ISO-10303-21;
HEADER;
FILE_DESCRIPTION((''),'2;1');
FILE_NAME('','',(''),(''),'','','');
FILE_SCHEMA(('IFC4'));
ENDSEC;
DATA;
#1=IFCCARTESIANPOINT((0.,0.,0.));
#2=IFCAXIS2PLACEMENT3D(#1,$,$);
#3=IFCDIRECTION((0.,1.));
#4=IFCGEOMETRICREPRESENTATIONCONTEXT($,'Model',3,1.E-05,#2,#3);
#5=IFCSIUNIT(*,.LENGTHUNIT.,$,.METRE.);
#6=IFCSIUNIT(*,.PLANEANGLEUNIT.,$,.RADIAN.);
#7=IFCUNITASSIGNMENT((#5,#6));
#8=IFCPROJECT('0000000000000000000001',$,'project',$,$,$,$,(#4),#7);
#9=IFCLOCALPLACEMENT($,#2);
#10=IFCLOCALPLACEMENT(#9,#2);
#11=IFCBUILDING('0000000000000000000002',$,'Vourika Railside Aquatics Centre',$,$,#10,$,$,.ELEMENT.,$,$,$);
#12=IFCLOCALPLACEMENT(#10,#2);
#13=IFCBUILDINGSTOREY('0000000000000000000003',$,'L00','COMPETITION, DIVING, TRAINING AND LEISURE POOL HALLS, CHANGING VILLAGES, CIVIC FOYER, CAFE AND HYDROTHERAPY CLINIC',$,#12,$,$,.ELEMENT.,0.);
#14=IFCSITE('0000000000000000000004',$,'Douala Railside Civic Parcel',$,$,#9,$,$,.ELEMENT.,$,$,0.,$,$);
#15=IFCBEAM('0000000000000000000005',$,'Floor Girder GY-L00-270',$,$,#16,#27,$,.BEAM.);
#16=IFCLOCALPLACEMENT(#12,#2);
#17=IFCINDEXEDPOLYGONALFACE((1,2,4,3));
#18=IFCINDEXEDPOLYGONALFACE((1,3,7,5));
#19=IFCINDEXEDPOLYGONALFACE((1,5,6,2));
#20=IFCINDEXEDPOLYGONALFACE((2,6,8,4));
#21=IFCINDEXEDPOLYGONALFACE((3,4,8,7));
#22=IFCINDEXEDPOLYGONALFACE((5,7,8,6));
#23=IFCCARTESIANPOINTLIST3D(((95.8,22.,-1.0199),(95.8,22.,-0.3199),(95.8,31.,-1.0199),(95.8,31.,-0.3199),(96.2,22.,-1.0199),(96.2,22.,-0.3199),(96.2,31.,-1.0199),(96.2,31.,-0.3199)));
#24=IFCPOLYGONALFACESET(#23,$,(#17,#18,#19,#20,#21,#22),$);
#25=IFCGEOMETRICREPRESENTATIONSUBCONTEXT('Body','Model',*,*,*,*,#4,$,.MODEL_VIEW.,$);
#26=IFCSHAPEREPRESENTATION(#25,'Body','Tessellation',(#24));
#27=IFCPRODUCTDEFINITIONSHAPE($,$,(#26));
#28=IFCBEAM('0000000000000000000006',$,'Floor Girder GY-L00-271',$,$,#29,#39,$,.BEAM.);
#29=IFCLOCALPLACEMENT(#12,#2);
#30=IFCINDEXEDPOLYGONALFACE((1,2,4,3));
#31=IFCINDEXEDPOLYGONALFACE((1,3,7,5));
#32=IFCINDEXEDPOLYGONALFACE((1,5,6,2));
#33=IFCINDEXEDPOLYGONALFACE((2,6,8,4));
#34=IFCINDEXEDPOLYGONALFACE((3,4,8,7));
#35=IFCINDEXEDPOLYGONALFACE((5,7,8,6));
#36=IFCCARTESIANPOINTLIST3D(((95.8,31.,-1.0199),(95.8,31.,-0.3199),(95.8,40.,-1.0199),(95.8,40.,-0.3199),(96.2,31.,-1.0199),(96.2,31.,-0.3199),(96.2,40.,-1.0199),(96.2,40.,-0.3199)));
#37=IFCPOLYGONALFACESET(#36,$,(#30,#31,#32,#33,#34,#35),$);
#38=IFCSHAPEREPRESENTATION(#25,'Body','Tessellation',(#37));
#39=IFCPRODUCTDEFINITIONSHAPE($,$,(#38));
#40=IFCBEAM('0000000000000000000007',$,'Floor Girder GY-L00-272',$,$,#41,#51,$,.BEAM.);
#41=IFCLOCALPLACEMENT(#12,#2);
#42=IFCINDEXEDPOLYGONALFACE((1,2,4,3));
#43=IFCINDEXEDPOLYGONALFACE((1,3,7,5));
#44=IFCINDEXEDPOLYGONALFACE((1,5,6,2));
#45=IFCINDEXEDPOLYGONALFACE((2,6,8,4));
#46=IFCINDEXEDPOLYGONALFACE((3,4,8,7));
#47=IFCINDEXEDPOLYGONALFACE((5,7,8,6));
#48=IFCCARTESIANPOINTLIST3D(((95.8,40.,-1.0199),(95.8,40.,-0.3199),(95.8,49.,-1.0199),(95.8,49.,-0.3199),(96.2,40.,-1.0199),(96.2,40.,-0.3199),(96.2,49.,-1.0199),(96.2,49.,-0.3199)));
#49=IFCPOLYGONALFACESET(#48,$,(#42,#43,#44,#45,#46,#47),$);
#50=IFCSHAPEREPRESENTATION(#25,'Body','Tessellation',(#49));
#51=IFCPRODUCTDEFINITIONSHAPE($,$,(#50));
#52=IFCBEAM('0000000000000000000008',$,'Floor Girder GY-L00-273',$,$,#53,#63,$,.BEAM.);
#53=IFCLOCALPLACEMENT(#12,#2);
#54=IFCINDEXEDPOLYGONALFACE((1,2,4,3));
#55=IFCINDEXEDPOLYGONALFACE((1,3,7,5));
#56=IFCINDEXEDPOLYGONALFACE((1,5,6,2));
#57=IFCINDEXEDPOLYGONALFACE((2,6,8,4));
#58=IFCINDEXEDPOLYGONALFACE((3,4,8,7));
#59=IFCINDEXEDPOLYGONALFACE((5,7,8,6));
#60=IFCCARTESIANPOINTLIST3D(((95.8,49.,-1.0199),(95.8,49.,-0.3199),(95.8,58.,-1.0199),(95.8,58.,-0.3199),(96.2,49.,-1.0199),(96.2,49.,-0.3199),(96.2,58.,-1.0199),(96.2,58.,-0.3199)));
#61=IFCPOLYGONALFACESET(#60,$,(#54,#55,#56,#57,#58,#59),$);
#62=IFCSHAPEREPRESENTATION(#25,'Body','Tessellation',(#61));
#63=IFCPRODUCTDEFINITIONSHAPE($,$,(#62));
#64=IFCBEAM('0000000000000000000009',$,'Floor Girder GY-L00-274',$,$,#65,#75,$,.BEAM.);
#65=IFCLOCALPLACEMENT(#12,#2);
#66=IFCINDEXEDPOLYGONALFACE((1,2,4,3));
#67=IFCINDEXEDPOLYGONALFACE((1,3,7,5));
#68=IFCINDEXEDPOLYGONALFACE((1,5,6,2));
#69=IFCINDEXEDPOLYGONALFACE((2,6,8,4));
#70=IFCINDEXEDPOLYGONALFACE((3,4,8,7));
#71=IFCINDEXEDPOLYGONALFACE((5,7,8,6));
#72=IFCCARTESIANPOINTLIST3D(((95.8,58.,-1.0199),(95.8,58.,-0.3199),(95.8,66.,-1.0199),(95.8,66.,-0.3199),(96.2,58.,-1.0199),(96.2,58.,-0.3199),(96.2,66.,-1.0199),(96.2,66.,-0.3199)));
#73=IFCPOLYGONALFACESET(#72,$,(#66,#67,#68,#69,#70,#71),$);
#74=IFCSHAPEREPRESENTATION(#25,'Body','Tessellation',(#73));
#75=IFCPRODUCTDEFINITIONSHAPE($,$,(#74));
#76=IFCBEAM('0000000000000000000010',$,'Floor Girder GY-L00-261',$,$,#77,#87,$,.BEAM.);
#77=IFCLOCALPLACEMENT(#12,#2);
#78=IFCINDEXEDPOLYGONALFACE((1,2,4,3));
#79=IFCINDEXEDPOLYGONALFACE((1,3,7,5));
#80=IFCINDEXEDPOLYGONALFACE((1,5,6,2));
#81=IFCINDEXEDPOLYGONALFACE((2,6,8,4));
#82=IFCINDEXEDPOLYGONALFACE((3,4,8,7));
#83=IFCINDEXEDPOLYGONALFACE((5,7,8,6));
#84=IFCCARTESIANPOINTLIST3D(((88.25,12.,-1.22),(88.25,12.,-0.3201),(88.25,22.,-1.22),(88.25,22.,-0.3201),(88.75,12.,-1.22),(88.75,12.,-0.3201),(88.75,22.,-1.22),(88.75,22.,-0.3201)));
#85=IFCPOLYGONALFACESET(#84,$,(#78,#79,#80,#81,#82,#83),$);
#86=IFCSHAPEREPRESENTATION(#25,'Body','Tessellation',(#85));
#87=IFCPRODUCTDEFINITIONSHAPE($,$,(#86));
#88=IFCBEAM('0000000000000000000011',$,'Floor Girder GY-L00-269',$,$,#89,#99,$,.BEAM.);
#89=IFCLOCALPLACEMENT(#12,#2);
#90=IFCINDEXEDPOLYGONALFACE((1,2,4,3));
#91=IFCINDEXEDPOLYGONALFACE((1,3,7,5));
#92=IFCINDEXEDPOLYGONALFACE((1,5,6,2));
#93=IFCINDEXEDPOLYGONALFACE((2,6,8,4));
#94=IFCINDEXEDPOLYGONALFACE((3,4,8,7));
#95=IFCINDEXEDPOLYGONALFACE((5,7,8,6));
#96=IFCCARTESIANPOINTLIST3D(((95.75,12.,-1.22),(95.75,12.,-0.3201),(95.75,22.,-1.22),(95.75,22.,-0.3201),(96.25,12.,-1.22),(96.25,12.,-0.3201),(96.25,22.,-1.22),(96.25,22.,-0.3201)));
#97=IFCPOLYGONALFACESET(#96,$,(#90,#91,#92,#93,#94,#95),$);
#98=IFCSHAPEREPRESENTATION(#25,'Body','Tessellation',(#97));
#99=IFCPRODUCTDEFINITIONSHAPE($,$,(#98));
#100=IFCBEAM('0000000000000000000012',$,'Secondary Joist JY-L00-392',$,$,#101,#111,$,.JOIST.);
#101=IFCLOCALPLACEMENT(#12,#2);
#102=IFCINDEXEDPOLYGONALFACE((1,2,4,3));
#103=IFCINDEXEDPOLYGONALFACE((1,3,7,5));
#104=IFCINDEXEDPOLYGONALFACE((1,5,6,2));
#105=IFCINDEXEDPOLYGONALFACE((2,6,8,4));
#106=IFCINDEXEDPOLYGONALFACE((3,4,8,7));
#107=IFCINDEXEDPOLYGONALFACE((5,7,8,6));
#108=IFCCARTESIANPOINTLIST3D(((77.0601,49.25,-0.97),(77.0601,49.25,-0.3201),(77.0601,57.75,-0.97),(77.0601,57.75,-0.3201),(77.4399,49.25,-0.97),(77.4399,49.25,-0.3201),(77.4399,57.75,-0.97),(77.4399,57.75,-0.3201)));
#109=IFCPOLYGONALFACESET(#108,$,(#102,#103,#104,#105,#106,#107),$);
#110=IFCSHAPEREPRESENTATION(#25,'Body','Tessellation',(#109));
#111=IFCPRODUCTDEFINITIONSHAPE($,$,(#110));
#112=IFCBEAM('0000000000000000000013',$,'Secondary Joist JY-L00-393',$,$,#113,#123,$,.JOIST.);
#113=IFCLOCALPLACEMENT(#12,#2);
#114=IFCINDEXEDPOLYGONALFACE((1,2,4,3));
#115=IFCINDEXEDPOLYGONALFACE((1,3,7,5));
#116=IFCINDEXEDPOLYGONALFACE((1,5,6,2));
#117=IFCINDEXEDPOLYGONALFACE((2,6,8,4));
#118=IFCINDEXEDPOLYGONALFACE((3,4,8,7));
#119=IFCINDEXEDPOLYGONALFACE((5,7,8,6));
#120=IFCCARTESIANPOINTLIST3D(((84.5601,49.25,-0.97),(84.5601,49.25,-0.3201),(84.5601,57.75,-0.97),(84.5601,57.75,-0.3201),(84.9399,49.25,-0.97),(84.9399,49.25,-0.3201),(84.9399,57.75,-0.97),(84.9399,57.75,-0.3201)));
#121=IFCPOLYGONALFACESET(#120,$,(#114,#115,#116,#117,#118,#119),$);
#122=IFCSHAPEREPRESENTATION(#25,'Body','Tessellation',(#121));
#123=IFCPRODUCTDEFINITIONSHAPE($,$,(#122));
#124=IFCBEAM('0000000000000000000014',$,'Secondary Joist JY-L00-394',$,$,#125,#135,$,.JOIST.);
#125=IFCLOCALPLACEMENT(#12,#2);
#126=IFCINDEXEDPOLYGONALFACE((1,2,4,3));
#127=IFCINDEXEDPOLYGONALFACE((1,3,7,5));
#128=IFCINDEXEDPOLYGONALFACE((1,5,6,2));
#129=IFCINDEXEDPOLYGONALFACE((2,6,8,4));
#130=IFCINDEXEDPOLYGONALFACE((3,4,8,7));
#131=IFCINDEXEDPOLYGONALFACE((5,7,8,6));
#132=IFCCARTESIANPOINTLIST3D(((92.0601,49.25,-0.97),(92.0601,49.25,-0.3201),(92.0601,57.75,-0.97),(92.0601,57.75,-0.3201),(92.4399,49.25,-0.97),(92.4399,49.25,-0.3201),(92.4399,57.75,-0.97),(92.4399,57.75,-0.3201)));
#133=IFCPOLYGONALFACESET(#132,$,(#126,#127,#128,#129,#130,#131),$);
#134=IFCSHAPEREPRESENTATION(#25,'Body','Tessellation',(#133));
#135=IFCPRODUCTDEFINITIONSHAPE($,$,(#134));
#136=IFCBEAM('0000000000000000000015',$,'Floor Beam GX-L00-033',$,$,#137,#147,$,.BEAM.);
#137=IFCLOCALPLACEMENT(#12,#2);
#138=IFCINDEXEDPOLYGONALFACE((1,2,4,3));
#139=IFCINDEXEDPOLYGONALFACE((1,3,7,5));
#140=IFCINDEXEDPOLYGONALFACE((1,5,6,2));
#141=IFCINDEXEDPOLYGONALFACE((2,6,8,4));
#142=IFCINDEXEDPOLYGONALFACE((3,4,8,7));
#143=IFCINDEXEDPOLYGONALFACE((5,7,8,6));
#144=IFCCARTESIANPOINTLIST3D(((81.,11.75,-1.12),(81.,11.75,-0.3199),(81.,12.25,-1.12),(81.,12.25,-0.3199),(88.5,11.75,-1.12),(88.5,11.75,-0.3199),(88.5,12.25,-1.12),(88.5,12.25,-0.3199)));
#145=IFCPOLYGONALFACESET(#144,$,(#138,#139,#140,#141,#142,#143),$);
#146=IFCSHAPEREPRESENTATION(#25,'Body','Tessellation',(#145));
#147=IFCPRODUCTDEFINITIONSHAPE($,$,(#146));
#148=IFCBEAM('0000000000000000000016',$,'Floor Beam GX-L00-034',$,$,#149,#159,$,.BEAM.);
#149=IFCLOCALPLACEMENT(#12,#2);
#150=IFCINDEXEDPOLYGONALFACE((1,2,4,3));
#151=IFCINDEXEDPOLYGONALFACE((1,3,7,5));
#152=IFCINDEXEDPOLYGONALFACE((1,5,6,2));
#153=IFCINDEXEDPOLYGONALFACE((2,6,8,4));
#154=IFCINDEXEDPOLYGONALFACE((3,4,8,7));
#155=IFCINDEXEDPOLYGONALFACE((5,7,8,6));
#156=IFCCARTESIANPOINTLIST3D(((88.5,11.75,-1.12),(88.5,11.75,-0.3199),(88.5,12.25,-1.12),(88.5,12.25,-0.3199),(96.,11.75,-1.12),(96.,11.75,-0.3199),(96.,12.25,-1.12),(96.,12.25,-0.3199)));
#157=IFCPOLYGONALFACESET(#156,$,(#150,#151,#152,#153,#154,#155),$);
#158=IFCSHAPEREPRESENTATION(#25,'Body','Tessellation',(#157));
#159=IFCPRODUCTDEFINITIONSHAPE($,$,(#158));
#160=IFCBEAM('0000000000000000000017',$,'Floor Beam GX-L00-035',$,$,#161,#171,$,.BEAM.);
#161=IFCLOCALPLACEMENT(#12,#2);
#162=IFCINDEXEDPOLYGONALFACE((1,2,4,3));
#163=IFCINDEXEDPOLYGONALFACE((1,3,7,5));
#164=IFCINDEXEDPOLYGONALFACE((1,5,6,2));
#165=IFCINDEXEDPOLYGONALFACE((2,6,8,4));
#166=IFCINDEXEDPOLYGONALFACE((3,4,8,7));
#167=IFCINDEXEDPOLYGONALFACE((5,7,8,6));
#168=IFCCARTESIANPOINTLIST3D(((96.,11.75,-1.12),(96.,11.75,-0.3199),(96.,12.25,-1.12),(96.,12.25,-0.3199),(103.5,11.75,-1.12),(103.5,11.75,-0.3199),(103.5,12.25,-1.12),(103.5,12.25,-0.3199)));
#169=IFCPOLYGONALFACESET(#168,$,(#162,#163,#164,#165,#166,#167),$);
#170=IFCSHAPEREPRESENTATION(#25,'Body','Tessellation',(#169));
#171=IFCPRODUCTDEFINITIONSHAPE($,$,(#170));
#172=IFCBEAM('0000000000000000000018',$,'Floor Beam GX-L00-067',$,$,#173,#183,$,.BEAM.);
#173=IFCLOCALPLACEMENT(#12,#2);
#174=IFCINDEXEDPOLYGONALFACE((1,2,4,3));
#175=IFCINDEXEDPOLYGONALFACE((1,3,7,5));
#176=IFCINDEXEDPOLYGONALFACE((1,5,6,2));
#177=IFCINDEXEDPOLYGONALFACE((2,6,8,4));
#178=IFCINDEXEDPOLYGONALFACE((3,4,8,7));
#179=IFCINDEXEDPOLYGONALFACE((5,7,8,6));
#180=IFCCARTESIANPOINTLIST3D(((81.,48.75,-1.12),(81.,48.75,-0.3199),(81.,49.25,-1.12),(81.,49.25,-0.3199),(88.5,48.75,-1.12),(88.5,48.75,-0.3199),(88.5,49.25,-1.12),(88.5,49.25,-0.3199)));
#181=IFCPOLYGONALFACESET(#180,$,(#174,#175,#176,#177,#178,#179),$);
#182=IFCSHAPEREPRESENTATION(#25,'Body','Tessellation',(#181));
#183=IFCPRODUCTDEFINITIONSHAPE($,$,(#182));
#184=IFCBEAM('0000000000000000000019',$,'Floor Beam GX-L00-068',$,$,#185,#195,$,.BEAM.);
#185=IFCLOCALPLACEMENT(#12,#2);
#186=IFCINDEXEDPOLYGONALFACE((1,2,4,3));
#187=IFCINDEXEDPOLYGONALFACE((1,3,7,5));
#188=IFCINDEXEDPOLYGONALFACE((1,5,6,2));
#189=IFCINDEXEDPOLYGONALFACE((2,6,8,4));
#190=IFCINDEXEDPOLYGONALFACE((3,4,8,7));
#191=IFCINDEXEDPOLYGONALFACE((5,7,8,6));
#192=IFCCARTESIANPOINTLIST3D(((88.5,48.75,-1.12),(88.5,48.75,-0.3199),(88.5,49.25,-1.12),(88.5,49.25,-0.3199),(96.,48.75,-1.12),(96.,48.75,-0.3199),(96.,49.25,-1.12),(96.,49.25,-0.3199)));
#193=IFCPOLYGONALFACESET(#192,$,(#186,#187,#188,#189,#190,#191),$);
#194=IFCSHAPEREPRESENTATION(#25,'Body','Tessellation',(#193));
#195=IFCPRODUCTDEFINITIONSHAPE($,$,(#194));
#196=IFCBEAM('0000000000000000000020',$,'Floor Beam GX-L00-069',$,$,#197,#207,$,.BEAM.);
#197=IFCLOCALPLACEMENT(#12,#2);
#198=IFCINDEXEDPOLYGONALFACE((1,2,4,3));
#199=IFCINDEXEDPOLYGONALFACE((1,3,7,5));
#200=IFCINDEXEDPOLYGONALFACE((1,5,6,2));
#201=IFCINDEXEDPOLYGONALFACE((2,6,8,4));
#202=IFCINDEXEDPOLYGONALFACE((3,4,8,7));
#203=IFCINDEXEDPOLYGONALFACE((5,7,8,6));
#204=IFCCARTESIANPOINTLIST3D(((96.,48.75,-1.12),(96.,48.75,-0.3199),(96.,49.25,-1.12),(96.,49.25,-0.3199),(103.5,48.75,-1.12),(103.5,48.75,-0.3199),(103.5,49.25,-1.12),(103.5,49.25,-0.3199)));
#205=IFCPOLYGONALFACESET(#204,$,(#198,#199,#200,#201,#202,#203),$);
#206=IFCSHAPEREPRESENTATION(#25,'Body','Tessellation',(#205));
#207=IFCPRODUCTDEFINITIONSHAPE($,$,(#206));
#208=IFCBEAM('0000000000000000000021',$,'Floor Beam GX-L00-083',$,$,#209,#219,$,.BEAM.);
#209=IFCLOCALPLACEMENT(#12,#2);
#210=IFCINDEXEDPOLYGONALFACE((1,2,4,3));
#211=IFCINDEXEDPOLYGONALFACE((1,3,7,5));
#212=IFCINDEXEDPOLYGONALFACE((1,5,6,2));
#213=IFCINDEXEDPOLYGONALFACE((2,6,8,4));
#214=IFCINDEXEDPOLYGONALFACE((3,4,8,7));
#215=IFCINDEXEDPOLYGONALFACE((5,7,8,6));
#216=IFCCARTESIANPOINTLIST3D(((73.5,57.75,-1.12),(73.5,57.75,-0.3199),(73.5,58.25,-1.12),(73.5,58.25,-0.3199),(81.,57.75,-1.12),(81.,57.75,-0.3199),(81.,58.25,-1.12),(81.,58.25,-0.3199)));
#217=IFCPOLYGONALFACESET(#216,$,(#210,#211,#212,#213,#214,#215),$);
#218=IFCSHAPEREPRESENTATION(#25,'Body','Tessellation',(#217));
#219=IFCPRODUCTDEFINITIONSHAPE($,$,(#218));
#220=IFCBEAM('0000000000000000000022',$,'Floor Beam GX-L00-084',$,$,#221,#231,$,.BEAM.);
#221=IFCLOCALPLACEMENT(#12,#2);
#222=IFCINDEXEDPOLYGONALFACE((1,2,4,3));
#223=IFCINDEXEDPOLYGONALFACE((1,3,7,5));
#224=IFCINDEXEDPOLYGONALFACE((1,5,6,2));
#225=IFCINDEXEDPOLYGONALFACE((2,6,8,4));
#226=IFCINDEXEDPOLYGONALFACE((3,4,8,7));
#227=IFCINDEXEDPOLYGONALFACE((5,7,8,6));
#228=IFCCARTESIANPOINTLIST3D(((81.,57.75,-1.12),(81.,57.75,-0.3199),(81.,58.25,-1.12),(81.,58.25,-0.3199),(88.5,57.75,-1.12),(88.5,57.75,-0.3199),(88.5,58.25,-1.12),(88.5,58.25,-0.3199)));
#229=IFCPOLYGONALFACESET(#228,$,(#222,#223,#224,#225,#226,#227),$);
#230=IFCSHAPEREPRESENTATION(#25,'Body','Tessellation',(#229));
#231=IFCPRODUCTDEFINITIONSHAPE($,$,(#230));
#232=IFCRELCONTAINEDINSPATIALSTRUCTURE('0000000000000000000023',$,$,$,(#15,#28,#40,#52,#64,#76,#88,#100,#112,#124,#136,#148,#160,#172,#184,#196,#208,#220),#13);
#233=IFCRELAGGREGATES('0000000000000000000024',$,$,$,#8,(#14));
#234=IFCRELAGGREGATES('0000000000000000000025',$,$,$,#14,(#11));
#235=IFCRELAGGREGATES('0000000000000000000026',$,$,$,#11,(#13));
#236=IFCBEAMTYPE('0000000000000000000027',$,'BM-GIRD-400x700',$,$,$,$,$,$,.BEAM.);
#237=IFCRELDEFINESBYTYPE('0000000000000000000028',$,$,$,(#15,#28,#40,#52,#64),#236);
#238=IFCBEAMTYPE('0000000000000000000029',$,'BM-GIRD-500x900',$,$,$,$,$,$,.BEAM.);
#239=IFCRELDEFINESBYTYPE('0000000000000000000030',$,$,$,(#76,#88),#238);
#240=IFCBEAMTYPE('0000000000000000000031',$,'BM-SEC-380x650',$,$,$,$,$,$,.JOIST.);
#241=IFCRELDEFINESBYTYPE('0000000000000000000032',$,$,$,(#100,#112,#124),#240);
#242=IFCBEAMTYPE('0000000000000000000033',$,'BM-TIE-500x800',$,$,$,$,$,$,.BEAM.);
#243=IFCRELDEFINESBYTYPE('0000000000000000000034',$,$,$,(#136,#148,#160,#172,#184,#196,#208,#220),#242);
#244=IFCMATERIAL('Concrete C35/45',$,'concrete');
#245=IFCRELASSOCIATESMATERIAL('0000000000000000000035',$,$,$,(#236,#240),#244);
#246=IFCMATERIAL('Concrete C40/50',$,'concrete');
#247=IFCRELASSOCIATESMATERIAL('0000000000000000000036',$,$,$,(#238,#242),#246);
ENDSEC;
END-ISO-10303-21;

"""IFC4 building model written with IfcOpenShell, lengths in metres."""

from ifc_helpers import new_model, si_unit, direction, frame, origin, origin_2d, place, context, subcontext, project, spatial, rectangle, extrude, material, material_profile, profile_set, type_object, element, save


model = new_model("IFC4")

# Units and contexts
model_context = context("Model", 3, precision=1e-05, world=origin(), true_north=direction((0.0, 1.0)))
body_context = subcontext(model_context, "Body", "Model", "MODEL_VIEW")
ifc_project = project(units=[si_unit("LENGTHUNIT", "METRE"), si_unit("PLANEANGLEUNIT", "RADIAN")], contexts=[model_context])

# Site, building, storey
site_placement = place(None, origin())
site = spatial("IfcSite", under=ifc_project, at=site_placement, Name="Douala Railside Civic Parcel", CompositionType="ELEMENT", RefElevation=0.0)
building_placement = place(site_placement, origin())
building = spatial("IfcBuilding", under=site, at=building_placement, Name="Vourika Railside Aquatics Centre", CompositionType="ELEMENT")
storey_placement = place(building_placement, origin())
storey = spatial("IfcBuildingStorey", under=building, at=storey_placement, Name="L00", Description="COMPETITION, DIVING, TRAINING AND LEISURE POOL HALLS, CHANGING VILLAGES, CIVIC FOYER, CAFE AND HYDROTHERAPY CLINIC", CompositionType="ELEMENT", Elevation=0.0)

# Shared definitions
ifc_material_1 = material(Name="Concrete C35/45", Category="concrete")
ifc_material_2 = material(Name="Concrete C40/50", Category="concrete")

# Beams
ifc_material_profile_1 = material_profile(ifc_material_1, rectangle(XDim=0.3999, YDim=0.7, at=origin_2d()), Name="RC 400x700")
ifc_profile_set_1 = profile_set([ifc_material_profile_1], Name="Concrete C35/45")
beam_type_1 = type_object("IfcBeamType", Name="BM-GIRD-400x700", PredefinedType="BEAM", material=ifc_profile_set_1)
for number, where, z_axis, x_axis, name in (
    (1, (96.0, 22.0, -0.6699), (0.0, 1.0, 0.0), (-1.0, 0.0, 0.0), "Floor Girder GY-L00-270"),
    (2, (96.0, 31.0, -0.6699), (0.0, 1.0, 0.0), (-1.0, 0.0, 0.0), "Floor Girder GY-L00-271"),
    (3, (96.0, 40.0, -0.6699), (0.0, 1.0, 0.0), (-1.0, 0.0, 0.0), "Floor Girder GY-L00-272"),
    (4, (96.0, 49.0, -0.6699), (0.0, 1.0, 0.0), (-1.0, 0.0, 0.0), "Floor Girder GY-L00-273"),
):
    element("IfcBeam", number, at=place(storey_placement, frame(where, z_axis=z_axis, x_axis=x_axis)), inside=storey, type_object=beam_type_1, Name=name, PredefinedType="BEAM", context=body_context, shape_type="SweptSolid", body=[
        extrude(rectangle(XDim=0.3999, YDim=0.7, at=origin_2d()), origin(), (0.0, 0.0, 1.0), 9.0),
    ])
beam_1_placement = place(storey_placement, frame((96.0, 58.0, -0.6699), z_axis=(0.0, 1.0, 0.0), x_axis=(-1.0, 0.0, 0.0)))
element("IfcBeam", 5, at=beam_1_placement, inside=storey, type_object=beam_type_1, Name="Floor Girder GY-L00-274", PredefinedType="BEAM", context=body_context, shape_type="SweptSolid", body=[
    extrude(rectangle(XDim=0.3999, YDim=0.7, at=origin_2d()), origin(), (0.0, 0.0, 1.0), 8.0),
])
ifc_material_profile_2 = material_profile(ifc_material_2, rectangle(XDim=0.5, YDim=0.8999, at=origin_2d()), Name="RC 500x900")
ifc_profile_set_2 = profile_set([ifc_material_profile_2], Name="Concrete C40/50")
beam_type_2 = type_object("IfcBeamType", Name="BM-GIRD-500x900", PredefinedType="BEAM", material=ifc_profile_set_2)
for number, where, z_axis, x_axis, name in (
    (6, (88.5, 12.0, -0.77), (0.0, 1.0, 0.0), (-1.0, 0.0, 0.0), "Floor Girder GY-L00-261"),
    (7, (96.0, 12.0, -0.77), (0.0, 1.0, 0.0), (-1.0, 0.0, 0.0), "Floor Girder GY-L00-269"),
):
    element("IfcBeam", number, at=place(storey_placement, frame(where, z_axis=z_axis, x_axis=x_axis)), inside=storey, type_object=beam_type_2, Name=name, PredefinedType="BEAM", context=body_context, shape_type="SweptSolid", body=[
        extrude(rectangle(XDim=0.5, YDim=0.8999, at=origin_2d()), origin(), (0.0, 0.0, 1.0), 10.0),
    ])
ifc_material_profile_3 = material_profile(ifc_material_1, rectangle(XDim=0.3799, YDim=0.6499, at=origin_2d()), Name="RC 380x650")
ifc_profile_set_3 = profile_set([ifc_material_profile_3], Name="Concrete C35/45")
beam_type_3 = type_object("IfcBeamType", Name="BM-SEC-380x650", PredefinedType="JOIST", material=ifc_profile_set_3)
for number, where, z_axis, x_axis, name in (
    (8, (77.25, 49.25, -0.645), (0.0, 1.0, 0.0), (-1.0, 0.0, 0.0), "Secondary Joist JY-L00-392"),
    (9, (84.75, 49.25, -0.645), (0.0, 1.0, 0.0), (-1.0, 0.0, 0.0), "Secondary Joist JY-L00-393"),
    (10, (92.25, 49.25, -0.645), (0.0, 1.0, 0.0), (-1.0, 0.0, 0.0), "Secondary Joist JY-L00-394"),
):
    element("IfcBeam", number, at=place(storey_placement, frame(where, z_axis=z_axis, x_axis=x_axis)), inside=storey, type_object=beam_type_3, Name=name, PredefinedType="JOIST", context=body_context, shape_type="SweptSolid", body=[
        extrude(rectangle(XDim=0.3799, YDim=0.6499, at=origin_2d()), origin(), (0.0, 0.0, 1.0), 8.5),
    ])
ifc_material_profile_4 = material_profile(ifc_material_2, rectangle(XDim=0.5, YDim=0.8, at=origin_2d()), Name="RC 500x800")
ifc_profile_set_4 = profile_set([ifc_material_profile_4], Name="Concrete C40/50")
beam_type_4 = type_object("IfcBeamType", Name="BM-TIE-500x800", PredefinedType="BEAM", material=ifc_profile_set_4)
for number, where, z_axis, x_axis, name in (
    (11, (81.0, 12.0, -0.72), (1.0, 0.0, 0.0), (0.0, 1.0, 0.0), "Floor Beam GX-L00-033"),
    (12, (88.5, 12.0, -0.72), (1.0, 0.0, 0.0), (0.0, 1.0, 0.0), "Floor Beam GX-L00-034"),
    (13, (96.0, 12.0, -0.72), (1.0, 0.0, 0.0), (0.0, 1.0, 0.0), "Floor Beam GX-L00-035"),
    (14, (81.0, 49.0, -0.72), (1.0, 0.0, 0.0), (0.0, 1.0, 0.0), "Floor Beam GX-L00-067"),
    (15, (88.5, 49.0, -0.72), (1.0, 0.0, 0.0), (0.0, 1.0, 0.0), "Floor Beam GX-L00-068"),
    (16, (96.0, 49.0, -0.72), (1.0, 0.0, 0.0), (0.0, 1.0, 0.0), "Floor Beam GX-L00-069"),
    (17, (73.5, 58.0, -0.72), (1.0, 0.0, 0.0), (0.0, 1.0, 0.0), "Floor Beam GX-L00-083"),
    (18, (81.0, 58.0, -0.72), (1.0, 0.0, 0.0), (0.0, 1.0, 0.0), "Floor Beam GX-L00-084"),
):
    element("IfcBeam", number, at=place(storey_placement, frame(where, z_axis=z_axis, x_axis=x_axis)), inside=storey, type_object=beam_type_4, Name=name, PredefinedType="BEAM", context=body_context, shape_type="SweptSolid", body=[
        extrude(rectangle(XDim=0.5, YDim=0.8, at=origin_2d()), origin(), (0.0, 0.0, 1.0), 7.5),
    ])

save(model, "model.ifc")
